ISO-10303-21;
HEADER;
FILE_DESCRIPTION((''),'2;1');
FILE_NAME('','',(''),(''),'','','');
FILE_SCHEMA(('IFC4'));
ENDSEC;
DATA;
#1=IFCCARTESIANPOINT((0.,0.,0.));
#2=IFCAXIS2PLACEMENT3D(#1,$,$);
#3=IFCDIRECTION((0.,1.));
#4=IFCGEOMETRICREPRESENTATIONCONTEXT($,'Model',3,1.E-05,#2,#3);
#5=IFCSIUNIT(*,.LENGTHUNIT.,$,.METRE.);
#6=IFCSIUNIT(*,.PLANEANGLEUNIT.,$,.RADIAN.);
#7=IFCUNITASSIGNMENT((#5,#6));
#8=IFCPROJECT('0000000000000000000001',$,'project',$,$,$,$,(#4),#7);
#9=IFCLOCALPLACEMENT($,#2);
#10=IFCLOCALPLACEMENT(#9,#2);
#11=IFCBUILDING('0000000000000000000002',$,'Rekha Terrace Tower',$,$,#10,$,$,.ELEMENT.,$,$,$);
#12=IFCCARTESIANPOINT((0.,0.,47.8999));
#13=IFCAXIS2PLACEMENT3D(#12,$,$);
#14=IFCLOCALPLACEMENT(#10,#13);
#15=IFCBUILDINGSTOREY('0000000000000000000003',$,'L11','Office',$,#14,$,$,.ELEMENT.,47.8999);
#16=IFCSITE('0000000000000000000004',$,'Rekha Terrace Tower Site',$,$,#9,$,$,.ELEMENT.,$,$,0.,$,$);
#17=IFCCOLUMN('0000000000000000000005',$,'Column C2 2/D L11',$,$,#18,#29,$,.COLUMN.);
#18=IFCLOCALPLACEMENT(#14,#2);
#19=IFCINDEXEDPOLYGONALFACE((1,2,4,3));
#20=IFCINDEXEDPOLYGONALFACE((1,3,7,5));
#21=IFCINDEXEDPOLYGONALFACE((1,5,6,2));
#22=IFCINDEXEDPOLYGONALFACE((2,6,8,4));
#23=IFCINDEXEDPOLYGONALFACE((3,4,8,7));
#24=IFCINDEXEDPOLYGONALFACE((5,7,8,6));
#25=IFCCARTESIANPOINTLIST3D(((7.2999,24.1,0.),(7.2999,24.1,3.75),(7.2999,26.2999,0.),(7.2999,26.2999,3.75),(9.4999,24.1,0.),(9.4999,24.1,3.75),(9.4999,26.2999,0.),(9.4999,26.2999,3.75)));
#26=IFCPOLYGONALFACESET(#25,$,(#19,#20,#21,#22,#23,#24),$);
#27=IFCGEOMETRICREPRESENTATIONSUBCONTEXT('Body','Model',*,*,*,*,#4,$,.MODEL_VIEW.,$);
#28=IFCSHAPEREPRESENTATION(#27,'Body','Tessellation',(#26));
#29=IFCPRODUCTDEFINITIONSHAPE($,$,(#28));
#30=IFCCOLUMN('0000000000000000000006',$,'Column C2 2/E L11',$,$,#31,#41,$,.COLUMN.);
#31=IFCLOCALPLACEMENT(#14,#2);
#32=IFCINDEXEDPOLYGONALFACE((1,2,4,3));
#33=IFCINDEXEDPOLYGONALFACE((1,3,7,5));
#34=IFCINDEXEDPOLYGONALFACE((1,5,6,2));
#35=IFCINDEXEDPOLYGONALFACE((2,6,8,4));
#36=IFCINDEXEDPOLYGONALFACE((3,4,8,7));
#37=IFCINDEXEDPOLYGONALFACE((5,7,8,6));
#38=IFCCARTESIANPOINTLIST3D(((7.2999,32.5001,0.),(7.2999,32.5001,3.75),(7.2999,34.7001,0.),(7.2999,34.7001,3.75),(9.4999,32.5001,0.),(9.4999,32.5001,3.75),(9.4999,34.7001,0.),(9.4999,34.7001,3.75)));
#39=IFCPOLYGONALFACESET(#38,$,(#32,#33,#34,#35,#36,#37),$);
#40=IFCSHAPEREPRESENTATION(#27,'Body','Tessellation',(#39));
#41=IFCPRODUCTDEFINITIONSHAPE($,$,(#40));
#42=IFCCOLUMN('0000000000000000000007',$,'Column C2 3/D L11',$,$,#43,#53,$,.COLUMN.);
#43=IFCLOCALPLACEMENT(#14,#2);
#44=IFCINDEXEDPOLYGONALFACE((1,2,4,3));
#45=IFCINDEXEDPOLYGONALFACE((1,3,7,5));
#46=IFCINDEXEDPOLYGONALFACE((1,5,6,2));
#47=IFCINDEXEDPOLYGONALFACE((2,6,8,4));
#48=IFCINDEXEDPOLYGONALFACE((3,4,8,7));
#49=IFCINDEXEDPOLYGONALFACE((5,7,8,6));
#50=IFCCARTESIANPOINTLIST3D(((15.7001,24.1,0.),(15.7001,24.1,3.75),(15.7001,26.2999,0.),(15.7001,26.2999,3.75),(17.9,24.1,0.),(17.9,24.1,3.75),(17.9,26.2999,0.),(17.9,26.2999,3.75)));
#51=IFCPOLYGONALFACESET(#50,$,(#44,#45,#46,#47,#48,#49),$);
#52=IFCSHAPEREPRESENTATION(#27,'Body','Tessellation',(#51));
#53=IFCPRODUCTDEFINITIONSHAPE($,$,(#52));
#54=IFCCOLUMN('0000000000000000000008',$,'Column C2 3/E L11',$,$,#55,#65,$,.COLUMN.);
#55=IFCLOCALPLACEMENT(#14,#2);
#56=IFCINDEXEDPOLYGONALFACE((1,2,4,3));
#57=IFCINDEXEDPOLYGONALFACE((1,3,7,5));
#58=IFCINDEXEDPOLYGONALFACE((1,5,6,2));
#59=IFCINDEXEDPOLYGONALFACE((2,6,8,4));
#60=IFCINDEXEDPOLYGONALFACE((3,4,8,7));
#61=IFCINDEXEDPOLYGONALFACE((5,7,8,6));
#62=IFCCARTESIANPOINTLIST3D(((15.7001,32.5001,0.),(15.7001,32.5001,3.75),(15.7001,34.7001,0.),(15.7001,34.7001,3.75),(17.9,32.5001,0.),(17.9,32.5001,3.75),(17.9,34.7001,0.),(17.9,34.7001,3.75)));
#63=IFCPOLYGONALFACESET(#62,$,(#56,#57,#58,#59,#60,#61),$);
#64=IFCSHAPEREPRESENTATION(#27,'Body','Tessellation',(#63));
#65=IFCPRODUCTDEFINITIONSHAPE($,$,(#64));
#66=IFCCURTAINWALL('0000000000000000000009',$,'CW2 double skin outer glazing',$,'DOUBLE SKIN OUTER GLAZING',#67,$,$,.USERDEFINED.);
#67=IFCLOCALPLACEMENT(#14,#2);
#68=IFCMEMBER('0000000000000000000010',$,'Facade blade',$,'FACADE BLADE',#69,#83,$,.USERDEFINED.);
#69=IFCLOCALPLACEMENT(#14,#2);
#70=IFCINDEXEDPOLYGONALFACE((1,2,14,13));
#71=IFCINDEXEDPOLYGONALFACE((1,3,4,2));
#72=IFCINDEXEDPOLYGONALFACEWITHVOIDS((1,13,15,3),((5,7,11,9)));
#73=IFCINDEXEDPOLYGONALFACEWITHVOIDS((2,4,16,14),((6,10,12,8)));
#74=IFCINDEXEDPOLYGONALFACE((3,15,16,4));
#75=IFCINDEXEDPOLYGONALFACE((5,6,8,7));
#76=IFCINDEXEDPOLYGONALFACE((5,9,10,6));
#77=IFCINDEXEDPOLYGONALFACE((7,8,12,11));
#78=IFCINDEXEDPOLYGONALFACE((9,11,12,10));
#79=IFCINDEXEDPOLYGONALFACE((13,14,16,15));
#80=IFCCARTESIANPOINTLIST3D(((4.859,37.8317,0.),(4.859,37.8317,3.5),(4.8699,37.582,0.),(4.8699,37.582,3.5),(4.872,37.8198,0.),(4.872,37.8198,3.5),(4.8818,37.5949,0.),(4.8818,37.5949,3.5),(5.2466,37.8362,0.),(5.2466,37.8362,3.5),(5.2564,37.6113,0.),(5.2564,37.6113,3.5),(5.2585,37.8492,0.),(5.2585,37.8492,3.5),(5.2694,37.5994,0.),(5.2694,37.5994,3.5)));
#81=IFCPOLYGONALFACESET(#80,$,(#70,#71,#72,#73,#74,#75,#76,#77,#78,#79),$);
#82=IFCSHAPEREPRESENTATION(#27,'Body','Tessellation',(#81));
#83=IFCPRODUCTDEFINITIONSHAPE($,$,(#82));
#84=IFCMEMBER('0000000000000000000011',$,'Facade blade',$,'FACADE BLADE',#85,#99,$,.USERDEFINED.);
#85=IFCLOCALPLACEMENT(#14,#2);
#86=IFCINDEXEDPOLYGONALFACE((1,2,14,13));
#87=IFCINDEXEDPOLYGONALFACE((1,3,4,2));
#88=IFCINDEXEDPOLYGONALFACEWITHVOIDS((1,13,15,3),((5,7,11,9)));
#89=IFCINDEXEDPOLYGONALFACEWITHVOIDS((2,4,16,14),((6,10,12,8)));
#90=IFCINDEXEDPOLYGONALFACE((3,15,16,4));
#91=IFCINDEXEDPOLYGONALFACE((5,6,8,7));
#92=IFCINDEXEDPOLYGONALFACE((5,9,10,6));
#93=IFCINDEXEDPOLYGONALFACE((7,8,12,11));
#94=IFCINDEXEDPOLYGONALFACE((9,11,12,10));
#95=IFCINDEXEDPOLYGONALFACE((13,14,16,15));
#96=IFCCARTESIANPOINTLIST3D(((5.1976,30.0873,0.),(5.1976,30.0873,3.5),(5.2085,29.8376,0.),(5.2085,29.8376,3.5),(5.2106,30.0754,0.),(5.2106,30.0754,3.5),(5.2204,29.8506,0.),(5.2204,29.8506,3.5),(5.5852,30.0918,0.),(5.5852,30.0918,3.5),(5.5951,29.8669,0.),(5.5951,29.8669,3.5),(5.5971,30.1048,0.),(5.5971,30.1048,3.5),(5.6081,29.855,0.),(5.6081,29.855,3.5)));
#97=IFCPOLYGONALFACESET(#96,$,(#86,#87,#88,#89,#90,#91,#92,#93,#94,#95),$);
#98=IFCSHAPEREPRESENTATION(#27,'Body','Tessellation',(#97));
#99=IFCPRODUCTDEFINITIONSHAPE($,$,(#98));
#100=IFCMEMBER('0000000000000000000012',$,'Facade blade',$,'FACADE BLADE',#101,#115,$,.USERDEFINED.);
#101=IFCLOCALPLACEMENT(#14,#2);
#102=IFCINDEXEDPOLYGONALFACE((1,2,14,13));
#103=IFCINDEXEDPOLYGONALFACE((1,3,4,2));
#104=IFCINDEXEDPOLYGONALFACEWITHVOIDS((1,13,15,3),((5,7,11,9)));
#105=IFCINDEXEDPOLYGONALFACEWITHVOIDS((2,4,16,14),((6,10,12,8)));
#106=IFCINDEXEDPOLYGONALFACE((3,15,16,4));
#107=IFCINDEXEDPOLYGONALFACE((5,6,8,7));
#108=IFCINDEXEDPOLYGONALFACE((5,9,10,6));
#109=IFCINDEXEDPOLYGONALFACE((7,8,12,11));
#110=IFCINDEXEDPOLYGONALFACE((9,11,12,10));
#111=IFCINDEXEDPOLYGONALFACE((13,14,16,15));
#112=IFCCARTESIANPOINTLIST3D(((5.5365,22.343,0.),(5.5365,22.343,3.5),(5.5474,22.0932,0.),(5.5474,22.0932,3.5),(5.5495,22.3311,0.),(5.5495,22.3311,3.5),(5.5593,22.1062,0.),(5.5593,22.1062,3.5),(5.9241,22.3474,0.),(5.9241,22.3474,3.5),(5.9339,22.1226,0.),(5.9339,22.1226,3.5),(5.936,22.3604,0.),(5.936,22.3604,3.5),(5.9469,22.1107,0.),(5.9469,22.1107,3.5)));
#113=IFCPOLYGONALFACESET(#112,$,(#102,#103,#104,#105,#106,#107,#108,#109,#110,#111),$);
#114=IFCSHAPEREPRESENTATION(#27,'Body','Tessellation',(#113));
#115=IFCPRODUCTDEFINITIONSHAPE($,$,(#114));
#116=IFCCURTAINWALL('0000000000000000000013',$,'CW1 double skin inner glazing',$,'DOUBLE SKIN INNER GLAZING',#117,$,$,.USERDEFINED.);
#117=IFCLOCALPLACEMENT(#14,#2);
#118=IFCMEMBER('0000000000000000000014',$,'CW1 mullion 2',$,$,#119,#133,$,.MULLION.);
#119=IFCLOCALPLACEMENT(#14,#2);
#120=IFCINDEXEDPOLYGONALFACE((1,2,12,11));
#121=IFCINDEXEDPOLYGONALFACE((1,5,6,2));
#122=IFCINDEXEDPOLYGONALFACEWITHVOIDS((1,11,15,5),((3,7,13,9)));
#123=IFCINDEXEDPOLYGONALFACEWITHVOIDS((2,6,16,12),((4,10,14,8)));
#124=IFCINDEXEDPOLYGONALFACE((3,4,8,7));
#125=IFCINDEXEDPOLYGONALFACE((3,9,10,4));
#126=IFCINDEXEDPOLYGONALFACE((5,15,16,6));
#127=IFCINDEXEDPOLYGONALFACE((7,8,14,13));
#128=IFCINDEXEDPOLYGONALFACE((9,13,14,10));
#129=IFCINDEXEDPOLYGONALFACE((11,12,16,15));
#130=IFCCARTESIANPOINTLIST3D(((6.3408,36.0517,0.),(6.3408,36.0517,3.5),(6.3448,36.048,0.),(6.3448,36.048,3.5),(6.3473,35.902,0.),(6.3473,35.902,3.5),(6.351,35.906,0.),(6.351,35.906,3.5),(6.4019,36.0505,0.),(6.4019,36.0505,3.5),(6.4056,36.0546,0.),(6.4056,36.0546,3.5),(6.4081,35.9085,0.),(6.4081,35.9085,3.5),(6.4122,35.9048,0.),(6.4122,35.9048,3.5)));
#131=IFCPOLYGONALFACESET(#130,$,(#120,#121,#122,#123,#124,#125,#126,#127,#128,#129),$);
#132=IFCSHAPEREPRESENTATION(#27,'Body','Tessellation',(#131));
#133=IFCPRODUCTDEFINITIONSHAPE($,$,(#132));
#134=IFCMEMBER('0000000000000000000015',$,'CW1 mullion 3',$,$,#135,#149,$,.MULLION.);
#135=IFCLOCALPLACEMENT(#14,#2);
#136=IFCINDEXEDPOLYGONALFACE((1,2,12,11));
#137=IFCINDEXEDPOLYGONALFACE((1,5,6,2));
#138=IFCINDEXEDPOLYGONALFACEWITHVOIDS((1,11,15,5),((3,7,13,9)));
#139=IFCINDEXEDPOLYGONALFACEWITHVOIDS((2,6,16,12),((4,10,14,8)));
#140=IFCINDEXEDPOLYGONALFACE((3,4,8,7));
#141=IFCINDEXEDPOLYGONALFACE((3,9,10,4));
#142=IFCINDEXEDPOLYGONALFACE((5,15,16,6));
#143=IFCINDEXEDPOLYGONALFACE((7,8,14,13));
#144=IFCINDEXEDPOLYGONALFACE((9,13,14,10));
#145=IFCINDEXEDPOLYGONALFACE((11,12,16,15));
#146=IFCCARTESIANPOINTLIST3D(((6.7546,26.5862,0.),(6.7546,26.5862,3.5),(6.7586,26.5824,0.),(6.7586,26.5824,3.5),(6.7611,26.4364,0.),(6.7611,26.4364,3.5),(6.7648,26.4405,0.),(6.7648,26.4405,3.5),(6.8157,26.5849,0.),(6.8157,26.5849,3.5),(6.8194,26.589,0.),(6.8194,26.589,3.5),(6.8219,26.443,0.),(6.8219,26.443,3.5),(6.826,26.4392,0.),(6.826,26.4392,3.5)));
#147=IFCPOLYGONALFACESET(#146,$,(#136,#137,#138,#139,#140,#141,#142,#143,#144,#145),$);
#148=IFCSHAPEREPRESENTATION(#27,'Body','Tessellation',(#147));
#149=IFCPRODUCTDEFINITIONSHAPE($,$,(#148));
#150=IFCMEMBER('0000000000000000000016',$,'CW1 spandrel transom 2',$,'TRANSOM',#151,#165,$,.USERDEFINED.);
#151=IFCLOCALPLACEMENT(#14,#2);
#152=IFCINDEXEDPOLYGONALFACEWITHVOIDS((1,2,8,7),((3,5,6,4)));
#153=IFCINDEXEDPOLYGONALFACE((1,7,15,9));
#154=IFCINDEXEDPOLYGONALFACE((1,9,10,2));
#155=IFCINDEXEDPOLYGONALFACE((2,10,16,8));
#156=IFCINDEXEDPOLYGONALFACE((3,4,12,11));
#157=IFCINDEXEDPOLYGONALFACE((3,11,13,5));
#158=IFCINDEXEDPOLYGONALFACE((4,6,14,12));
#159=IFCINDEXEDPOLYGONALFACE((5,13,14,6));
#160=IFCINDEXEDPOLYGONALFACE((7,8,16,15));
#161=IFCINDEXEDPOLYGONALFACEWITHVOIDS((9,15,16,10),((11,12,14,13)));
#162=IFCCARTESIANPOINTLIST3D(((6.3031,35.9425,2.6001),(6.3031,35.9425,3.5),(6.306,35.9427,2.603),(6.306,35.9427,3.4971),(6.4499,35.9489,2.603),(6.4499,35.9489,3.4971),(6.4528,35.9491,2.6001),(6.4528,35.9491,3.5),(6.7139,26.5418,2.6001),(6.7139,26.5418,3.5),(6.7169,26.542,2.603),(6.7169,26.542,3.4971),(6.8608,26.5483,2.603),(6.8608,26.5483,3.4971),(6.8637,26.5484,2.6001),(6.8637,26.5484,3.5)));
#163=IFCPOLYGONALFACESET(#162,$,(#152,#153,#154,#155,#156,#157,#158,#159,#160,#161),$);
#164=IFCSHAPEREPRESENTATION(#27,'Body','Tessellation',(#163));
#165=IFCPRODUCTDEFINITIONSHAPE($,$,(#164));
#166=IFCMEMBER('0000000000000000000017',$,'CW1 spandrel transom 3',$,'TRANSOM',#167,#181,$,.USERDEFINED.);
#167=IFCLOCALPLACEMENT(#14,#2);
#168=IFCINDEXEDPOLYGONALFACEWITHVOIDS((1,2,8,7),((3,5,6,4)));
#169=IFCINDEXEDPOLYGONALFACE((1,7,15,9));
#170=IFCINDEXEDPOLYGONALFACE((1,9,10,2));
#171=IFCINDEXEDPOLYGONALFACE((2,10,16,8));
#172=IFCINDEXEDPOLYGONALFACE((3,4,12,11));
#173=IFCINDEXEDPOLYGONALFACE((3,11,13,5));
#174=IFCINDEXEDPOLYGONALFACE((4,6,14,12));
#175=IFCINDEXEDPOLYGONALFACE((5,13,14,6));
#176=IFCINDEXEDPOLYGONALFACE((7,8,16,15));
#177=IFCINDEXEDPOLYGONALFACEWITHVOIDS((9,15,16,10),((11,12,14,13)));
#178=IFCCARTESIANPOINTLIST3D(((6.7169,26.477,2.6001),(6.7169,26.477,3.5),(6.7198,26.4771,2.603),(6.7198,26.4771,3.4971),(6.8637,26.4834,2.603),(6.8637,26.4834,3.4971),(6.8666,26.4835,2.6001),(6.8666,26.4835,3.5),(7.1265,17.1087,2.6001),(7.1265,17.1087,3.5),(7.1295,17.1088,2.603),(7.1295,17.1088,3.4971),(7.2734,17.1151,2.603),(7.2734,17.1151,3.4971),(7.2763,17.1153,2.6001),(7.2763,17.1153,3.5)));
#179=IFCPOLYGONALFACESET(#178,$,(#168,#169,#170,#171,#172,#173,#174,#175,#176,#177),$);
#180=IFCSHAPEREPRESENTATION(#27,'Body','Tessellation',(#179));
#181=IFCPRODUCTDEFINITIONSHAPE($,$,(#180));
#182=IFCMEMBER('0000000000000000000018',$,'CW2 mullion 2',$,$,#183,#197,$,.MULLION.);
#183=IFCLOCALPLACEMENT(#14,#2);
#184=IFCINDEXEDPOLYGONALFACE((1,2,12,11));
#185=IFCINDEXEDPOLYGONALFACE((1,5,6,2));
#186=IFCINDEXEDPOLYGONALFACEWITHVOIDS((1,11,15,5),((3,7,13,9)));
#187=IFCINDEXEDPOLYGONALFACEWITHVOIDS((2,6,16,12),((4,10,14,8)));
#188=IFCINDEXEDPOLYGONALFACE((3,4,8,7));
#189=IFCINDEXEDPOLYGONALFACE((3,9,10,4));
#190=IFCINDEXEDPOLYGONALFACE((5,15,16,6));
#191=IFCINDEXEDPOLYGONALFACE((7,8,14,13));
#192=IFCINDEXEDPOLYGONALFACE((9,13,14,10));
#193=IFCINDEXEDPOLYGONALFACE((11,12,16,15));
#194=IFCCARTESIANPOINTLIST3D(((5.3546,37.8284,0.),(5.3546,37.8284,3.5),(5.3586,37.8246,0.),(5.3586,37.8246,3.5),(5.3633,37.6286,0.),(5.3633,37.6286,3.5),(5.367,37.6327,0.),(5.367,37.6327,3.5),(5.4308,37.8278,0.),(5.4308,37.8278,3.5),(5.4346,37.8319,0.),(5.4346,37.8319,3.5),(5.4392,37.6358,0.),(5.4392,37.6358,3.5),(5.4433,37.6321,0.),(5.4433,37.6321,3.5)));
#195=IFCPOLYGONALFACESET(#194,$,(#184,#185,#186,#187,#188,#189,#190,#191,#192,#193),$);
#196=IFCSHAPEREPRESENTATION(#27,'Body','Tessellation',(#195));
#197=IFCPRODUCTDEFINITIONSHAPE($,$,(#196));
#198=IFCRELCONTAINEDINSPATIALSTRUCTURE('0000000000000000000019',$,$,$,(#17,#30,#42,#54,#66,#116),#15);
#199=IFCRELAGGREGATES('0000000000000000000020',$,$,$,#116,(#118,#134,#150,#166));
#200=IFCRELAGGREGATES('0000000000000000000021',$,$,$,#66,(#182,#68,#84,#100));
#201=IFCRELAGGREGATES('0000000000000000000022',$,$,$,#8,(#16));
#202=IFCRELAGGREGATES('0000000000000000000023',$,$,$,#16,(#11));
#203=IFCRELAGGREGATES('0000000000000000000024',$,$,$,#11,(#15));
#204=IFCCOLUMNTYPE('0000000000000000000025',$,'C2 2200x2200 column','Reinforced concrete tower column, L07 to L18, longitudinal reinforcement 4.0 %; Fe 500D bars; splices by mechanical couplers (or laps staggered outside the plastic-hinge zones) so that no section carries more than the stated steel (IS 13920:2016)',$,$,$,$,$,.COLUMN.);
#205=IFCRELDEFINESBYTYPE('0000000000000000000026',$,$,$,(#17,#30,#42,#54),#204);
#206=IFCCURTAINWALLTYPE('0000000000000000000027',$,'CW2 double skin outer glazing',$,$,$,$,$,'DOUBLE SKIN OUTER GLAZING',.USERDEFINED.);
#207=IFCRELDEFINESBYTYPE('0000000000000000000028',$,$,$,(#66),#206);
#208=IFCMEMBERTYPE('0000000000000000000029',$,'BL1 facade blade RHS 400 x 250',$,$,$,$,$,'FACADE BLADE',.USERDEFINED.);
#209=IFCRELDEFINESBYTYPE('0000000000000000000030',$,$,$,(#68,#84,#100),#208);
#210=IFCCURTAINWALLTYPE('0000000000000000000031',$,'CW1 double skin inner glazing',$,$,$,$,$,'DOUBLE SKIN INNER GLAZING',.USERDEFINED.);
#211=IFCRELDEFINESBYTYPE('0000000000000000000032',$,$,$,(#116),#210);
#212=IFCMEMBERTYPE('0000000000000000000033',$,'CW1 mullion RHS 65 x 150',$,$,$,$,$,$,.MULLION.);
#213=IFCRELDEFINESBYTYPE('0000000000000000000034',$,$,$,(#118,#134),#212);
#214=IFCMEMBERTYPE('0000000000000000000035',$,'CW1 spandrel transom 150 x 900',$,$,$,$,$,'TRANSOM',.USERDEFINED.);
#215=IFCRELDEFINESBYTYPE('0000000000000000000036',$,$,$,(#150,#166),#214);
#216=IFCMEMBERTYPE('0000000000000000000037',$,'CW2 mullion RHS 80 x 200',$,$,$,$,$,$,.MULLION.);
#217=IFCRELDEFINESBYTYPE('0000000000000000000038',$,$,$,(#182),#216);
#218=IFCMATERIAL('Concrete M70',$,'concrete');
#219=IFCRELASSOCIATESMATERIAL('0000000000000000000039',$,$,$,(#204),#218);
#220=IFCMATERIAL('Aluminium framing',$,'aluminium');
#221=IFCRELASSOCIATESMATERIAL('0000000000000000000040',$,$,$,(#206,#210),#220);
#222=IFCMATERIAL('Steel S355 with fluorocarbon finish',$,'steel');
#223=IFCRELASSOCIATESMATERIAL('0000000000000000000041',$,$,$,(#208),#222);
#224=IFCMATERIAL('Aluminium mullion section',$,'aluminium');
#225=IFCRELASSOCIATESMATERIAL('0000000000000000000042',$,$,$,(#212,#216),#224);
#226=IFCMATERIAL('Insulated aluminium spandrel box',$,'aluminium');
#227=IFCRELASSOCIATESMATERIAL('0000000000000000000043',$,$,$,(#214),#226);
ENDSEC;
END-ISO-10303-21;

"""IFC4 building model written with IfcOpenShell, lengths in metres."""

from ifc_helpers import new_model, si_unit, direction, frame, origin, origin_2d, place, context, subcontext, project, spatial, rectangle, hollow_rectangle, extrude, material, material_profile, profile_set, type_object, element, aggregate, save


model = new_model("IFC4")

# Units and contexts
model_context = context("Model", 3, precision=1e-05, world=origin(), true_north=direction((0.0, 1.0)))
body_context = subcontext(model_context, "Body", "Model", "MODEL_VIEW")
ifc_project = project(units=[si_unit("LENGTHUNIT", "METRE"), si_unit("PLANEANGLEUNIT", "RADIAN")], contexts=[model_context])

# Site, building, storey
site_placement = place(None, origin())
site = spatial("IfcSite", under=ifc_project, at=site_placement, Name="Rekha Terrace Tower Site", CompositionType="ELEMENT", RefElevation=0.0)
building_placement = place(site_placement, origin())
building = spatial("IfcBuilding", under=site, at=building_placement, Name="Rekha Terrace Tower", CompositionType="ELEMENT")
storey_placement = place(building_placement, frame((0.0, 0.0, 47.8999)))
storey = spatial("IfcBuildingStorey", under=building, at=storey_placement, Name="L11", Description="Office", CompositionType="ELEMENT", Elevation=47.8999)

# Columns
ifc_material_1 = material(Name="Concrete M70", Category="concrete")
ifc_material_profile_1 = material_profile(ifc_material_1, rectangle(XDim=2.2, YDim=2.2, at=origin_2d()), Name="RC 2200x2200")
ifc_profile_set_1 = profile_set([ifc_material_profile_1], Name="Concrete M70")
column_type = type_object("IfcColumnType", Name="C2 2200x2200 column", Description="Reinforced concrete tower column, L07 to L18, longitudinal reinforcement 4.0 %; Fe 500D bars; splices by mechanical couplers (or laps staggered outside the plastic-hinge zones) so that no section carries more than the stated steel (IS 13920:2016)", PredefinedType="COLUMN", material=ifc_profile_set_1)
for number, where, z_axis, x_axis, name in (
    (1, (8.3999, 25.2, 0.0), (0.0, 0.0, 1.0), (1.0, 0.0, 0.0), "Column C2 2/D L11"),
    (2, (8.3999, 33.6001, 0.0), (0.0, 0.0, 1.0), (1.0, 0.0, 0.0), "Column C2 2/E L11"),
    (3, (16.8, 25.2, 0.0), (0.0, 0.0, 1.0), (1.0, 0.0, 0.0), "Column C2 3/D L11"),
    (4, (16.8, 33.6001, 0.0), (0.0, 0.0, 1.0), (1.0, 0.0, 0.0), "Column C2 3/E L11"),
):
    element("IfcColumn", number, at=place(storey_placement, frame(where, z_axis=z_axis, x_axis=x_axis)), inside=storey, type_object=column_type, Name=name, PredefinedType="COLUMN", context=body_context, shape_type="SweptSolid", body=[
        extrude(rectangle(XDim=2.2, YDim=2.2, at=origin_2d()), origin(), (0.0, 0.0, 1.0), 3.75),
    ])

# Curtain walls, members
ifc_material_2 = material(Name="Aluminium framing", Category="aluminium")
curtain_wall_type_1 = type_object("IfcCurtainWallType", Name="CW2 double skin outer glazing", ElementType="DOUBLE SKIN OUTER GLAZING", PredefinedType="USERDEFINED", material=ifc_material_2)
curtain_wall_1_placement = place(storey_placement, origin())
curtain_wall_1 = element("IfcCurtainWall", 5, at=curtain_wall_1_placement, inside=storey, type_object=curtain_wall_type_1, Name="CW2 double skin outer glazing", ObjectType="DOUBLE SKIN OUTER GLAZING", PredefinedType="USERDEFINED")
ifc_material_3 = material(Name="Steel S355 with fluorocarbon finish", Category="steel")
ifc_material_profile_2 = material_profile(ifc_material_3, hollow_rectangle(XDim=0.25, YDim=0.3999, WallThickness=0.0125, at=origin_2d()), Name="RHS400x250x12.5")
ifc_profile_set_2 = profile_set([ifc_material_profile_2], Name="Steel S355 with fluorocarbon finish")
member_type_1 = type_object("IfcMemberType", Name="BL1 facade blade RHS 400 x 250", ElementType="FACADE BLADE", PredefinedType="USERDEFINED", material=ifc_profile_set_2)
member_1_placement = place(storey_placement, frame((5.0642, 37.7156, 0.0), z_axis=(0.0, 0.0, 1.0), x_axis=(0.043682, -0.999045, 0.0)))
member_1 = element("IfcMember", 6, at=member_1_placement, type_object=member_type_1, Name="Facade blade", ObjectType="FACADE BLADE", PredefinedType="USERDEFINED", context=body_context, shape_type="SweptSolid", body=[
    extrude(hollow_rectangle(XDim=0.25, YDim=0.3999, WallThickness=0.0125, at=origin_2d()), origin(), (0.0, 0.0, 1.0), 3.5),
])
member_2_placement = place(storey_placement, frame((5.4028, 29.9712, 0.0), z_axis=(0.0, 0.0, 1.0), x_axis=(0.043682, -0.999045, 0.0)))
member_2 = element("IfcMember", 7, at=member_2_placement, type_object=member_type_1, Name="Facade blade", ObjectType="FACADE BLADE", PredefinedType="USERDEFINED", context=body_context, shape_type="SweptSolid", body=[
    extrude(hollow_rectangle(XDim=0.25, YDim=0.3999, WallThickness=0.0125, at=origin_2d()), origin(), (0.0, 0.0, 1.0), 3.5),
])
member_3_placement = place(storey_placement, frame((5.7417, 22.2268, 0.0), z_axis=(0.0, 0.0, 1.0), x_axis=(0.043682, -0.999045, 0.0)))
member_3 = element("IfcMember", 8, at=member_3_placement, type_object=member_type_1, Name="Facade blade", ObjectType="FACADE BLADE", PredefinedType="USERDEFINED", context=body_context, shape_type="SweptSolid", body=[
    extrude(hollow_rectangle(XDim=0.25, YDim=0.3999, WallThickness=0.0125, at=origin_2d()), origin(), (0.0, 0.0, 1.0), 3.5),
])
curtain_wall_type_2 = type_object("IfcCurtainWallType", Name="CW1 double skin inner glazing", ElementType="DOUBLE SKIN INNER GLAZING", PredefinedType="USERDEFINED", material=ifc_material_2)
curtain_wall_2_placement = place(storey_placement, origin())
curtain_wall_2 = element("IfcCurtainWall", 9, at=curtain_wall_2_placement, inside=storey, type_object=curtain_wall_type_2, Name="CW1 double skin inner glazing", ObjectType="DOUBLE SKIN INNER GLAZING", PredefinedType="USERDEFINED")
ifc_material_4 = material(Name="Aluminium mullion section", Category="aluminium")
ifc_material_profile_3 = material_profile(ifc_material_4, hollow_rectangle(XDim=0.0649, YDim=0.1499, WallThickness=0.0039, at=origin_2d()), Name="AL RHS 65x150")
ifc_profile_set_3 = profile_set([ifc_material_profile_3], Name="Aluminium mullion section")
member_type_2 = type_object("IfcMemberType", Name="CW1 mullion RHS 65 x 150", PredefinedType="MULLION", material=ifc_profile_set_3)
member_4_placement = place(storey_placement, frame((6.3765, 35.9783, 0.0), z_axis=(0.0, 0.0, 1.0), x_axis=(0.999045, 0.043683, 0.0)))
member_4 = element("IfcMember", 10, at=member_4_placement, type_object=member_type_2, Name="CW1 mullion 2", PredefinedType="MULLION", context=body_context, shape_type="SweptSolid", body=[
    extrude(hollow_rectangle(XDim=0.0649, YDim=0.1499, WallThickness=0.0039, at=origin_2d()), origin(), (0.0, 0.0, 1.0), 3.5),
])
member_5_placement = place(storey_placement, frame((6.7903, 26.5127, 0.0), z_axis=(0.0, 0.0, 1.0), x_axis=(0.999045, 0.043683, 0.0)))
member_5 = element("IfcMember", 11, at=member_5_placement, type_object=member_type_2, Name="CW1 mullion 3", PredefinedType="MULLION", context=body_context, shape_type="SweptSolid", body=[
    extrude(hollow_rectangle(XDim=0.0649, YDim=0.1499, WallThickness=0.0039, at=origin_2d()), origin(), (0.0, 0.0, 1.0), 3.5),
])
ifc_material_5 = material(Name="Insulated aluminium spandrel box", Category="aluminium")
ifc_material_profile_4 = material_profile(ifc_material_5, hollow_rectangle(XDim=0.1499, YDim=0.8999, WallThickness=0.0029, at=origin_2d()), Name="AL SPANDREL BOX 150x900")
ifc_profile_set_4 = profile_set([ifc_material_profile_4], Name="Insulated aluminium spandrel box")
member_type_3 = type_object("IfcMemberType", Name="CW1 spandrel transom 150 x 900", ElementType="TRANSOM", PredefinedType="USERDEFINED", material=ifc_profile_set_4)
member_6_placement = place(storey_placement, frame((6.3779, 35.9458, 3.05), z_axis=(0.043667, -0.999046, 0.0), x_axis=(0.999046, 0.043667, 0.0)))
member_6 = element("IfcMember", 12, at=member_6_placement, type_object=member_type_3, Name="CW1 spandrel transom 2", ObjectType="TRANSOM", PredefinedType="USERDEFINED", context=body_context, shape_type="SweptSolid", body=[
    extrude(hollow_rectangle(XDim=0.1499, YDim=0.8999, WallThickness=0.0029, at=origin_2d()), origin(), (0.0, 0.0, 1.0), 9.4097),
])
member_7_placement = place(storey_placement, frame((6.7917, 26.4802, 3.05), z_axis=(0.043688, -0.999045, 0.0), x_axis=(0.999045, 0.043688, 0.0)))
member_7 = element("IfcMember", 13, at=member_7_placement, type_object=member_type_3, Name="CW1 spandrel transom 3", ObjectType="TRANSOM", PredefinedType="USERDEFINED", context=body_context, shape_type="SweptSolid", body=[
    extrude(hollow_rectangle(XDim=0.1499, YDim=0.8999, WallThickness=0.0029, at=origin_2d()), origin(), (0.0, 0.0, 1.0), 9.3772),
])

# Member
ifc_material_profile_5 = material_profile(ifc_material_4, hollow_rectangle(XDim=0.0801, YDim=0.2, WallThickness=0.0039, at=origin_2d()), Name="AL RHS 80x200")
ifc_profile_set_5 = profile_set([ifc_material_profile_5], Name="Aluminium mullion section")
member_type_4 = type_object("IfcMemberType", Name="CW2 mullion RHS 80 x 200", PredefinedType="MULLION", material=ifc_profile_set_5)
member_8_placement = place(storey_placement, frame((5.3989, 37.7302, 0.0), z_axis=(0.0, 0.0, 1.0), x_axis=(0.999045, 0.043683, 0.0)))
member_8 = element("IfcMember", 14, at=member_8_placement, type_object=member_type_4, Name="CW2 mullion 2", PredefinedType="MULLION", context=body_context, shape_type="SweptSolid", body=[
    extrude(hollow_rectangle(XDim=0.0801, YDim=0.2, WallThickness=0.0039, at=origin_2d()), origin(), (0.0, 0.0, 1.0), 3.5),
])

aggregate(curtain_wall_2, [member_4, member_5, member_6, member_7])
aggregate(curtain_wall_1, [member_8, member_1, member_2, member_3])

save(model, "model.ifc")
